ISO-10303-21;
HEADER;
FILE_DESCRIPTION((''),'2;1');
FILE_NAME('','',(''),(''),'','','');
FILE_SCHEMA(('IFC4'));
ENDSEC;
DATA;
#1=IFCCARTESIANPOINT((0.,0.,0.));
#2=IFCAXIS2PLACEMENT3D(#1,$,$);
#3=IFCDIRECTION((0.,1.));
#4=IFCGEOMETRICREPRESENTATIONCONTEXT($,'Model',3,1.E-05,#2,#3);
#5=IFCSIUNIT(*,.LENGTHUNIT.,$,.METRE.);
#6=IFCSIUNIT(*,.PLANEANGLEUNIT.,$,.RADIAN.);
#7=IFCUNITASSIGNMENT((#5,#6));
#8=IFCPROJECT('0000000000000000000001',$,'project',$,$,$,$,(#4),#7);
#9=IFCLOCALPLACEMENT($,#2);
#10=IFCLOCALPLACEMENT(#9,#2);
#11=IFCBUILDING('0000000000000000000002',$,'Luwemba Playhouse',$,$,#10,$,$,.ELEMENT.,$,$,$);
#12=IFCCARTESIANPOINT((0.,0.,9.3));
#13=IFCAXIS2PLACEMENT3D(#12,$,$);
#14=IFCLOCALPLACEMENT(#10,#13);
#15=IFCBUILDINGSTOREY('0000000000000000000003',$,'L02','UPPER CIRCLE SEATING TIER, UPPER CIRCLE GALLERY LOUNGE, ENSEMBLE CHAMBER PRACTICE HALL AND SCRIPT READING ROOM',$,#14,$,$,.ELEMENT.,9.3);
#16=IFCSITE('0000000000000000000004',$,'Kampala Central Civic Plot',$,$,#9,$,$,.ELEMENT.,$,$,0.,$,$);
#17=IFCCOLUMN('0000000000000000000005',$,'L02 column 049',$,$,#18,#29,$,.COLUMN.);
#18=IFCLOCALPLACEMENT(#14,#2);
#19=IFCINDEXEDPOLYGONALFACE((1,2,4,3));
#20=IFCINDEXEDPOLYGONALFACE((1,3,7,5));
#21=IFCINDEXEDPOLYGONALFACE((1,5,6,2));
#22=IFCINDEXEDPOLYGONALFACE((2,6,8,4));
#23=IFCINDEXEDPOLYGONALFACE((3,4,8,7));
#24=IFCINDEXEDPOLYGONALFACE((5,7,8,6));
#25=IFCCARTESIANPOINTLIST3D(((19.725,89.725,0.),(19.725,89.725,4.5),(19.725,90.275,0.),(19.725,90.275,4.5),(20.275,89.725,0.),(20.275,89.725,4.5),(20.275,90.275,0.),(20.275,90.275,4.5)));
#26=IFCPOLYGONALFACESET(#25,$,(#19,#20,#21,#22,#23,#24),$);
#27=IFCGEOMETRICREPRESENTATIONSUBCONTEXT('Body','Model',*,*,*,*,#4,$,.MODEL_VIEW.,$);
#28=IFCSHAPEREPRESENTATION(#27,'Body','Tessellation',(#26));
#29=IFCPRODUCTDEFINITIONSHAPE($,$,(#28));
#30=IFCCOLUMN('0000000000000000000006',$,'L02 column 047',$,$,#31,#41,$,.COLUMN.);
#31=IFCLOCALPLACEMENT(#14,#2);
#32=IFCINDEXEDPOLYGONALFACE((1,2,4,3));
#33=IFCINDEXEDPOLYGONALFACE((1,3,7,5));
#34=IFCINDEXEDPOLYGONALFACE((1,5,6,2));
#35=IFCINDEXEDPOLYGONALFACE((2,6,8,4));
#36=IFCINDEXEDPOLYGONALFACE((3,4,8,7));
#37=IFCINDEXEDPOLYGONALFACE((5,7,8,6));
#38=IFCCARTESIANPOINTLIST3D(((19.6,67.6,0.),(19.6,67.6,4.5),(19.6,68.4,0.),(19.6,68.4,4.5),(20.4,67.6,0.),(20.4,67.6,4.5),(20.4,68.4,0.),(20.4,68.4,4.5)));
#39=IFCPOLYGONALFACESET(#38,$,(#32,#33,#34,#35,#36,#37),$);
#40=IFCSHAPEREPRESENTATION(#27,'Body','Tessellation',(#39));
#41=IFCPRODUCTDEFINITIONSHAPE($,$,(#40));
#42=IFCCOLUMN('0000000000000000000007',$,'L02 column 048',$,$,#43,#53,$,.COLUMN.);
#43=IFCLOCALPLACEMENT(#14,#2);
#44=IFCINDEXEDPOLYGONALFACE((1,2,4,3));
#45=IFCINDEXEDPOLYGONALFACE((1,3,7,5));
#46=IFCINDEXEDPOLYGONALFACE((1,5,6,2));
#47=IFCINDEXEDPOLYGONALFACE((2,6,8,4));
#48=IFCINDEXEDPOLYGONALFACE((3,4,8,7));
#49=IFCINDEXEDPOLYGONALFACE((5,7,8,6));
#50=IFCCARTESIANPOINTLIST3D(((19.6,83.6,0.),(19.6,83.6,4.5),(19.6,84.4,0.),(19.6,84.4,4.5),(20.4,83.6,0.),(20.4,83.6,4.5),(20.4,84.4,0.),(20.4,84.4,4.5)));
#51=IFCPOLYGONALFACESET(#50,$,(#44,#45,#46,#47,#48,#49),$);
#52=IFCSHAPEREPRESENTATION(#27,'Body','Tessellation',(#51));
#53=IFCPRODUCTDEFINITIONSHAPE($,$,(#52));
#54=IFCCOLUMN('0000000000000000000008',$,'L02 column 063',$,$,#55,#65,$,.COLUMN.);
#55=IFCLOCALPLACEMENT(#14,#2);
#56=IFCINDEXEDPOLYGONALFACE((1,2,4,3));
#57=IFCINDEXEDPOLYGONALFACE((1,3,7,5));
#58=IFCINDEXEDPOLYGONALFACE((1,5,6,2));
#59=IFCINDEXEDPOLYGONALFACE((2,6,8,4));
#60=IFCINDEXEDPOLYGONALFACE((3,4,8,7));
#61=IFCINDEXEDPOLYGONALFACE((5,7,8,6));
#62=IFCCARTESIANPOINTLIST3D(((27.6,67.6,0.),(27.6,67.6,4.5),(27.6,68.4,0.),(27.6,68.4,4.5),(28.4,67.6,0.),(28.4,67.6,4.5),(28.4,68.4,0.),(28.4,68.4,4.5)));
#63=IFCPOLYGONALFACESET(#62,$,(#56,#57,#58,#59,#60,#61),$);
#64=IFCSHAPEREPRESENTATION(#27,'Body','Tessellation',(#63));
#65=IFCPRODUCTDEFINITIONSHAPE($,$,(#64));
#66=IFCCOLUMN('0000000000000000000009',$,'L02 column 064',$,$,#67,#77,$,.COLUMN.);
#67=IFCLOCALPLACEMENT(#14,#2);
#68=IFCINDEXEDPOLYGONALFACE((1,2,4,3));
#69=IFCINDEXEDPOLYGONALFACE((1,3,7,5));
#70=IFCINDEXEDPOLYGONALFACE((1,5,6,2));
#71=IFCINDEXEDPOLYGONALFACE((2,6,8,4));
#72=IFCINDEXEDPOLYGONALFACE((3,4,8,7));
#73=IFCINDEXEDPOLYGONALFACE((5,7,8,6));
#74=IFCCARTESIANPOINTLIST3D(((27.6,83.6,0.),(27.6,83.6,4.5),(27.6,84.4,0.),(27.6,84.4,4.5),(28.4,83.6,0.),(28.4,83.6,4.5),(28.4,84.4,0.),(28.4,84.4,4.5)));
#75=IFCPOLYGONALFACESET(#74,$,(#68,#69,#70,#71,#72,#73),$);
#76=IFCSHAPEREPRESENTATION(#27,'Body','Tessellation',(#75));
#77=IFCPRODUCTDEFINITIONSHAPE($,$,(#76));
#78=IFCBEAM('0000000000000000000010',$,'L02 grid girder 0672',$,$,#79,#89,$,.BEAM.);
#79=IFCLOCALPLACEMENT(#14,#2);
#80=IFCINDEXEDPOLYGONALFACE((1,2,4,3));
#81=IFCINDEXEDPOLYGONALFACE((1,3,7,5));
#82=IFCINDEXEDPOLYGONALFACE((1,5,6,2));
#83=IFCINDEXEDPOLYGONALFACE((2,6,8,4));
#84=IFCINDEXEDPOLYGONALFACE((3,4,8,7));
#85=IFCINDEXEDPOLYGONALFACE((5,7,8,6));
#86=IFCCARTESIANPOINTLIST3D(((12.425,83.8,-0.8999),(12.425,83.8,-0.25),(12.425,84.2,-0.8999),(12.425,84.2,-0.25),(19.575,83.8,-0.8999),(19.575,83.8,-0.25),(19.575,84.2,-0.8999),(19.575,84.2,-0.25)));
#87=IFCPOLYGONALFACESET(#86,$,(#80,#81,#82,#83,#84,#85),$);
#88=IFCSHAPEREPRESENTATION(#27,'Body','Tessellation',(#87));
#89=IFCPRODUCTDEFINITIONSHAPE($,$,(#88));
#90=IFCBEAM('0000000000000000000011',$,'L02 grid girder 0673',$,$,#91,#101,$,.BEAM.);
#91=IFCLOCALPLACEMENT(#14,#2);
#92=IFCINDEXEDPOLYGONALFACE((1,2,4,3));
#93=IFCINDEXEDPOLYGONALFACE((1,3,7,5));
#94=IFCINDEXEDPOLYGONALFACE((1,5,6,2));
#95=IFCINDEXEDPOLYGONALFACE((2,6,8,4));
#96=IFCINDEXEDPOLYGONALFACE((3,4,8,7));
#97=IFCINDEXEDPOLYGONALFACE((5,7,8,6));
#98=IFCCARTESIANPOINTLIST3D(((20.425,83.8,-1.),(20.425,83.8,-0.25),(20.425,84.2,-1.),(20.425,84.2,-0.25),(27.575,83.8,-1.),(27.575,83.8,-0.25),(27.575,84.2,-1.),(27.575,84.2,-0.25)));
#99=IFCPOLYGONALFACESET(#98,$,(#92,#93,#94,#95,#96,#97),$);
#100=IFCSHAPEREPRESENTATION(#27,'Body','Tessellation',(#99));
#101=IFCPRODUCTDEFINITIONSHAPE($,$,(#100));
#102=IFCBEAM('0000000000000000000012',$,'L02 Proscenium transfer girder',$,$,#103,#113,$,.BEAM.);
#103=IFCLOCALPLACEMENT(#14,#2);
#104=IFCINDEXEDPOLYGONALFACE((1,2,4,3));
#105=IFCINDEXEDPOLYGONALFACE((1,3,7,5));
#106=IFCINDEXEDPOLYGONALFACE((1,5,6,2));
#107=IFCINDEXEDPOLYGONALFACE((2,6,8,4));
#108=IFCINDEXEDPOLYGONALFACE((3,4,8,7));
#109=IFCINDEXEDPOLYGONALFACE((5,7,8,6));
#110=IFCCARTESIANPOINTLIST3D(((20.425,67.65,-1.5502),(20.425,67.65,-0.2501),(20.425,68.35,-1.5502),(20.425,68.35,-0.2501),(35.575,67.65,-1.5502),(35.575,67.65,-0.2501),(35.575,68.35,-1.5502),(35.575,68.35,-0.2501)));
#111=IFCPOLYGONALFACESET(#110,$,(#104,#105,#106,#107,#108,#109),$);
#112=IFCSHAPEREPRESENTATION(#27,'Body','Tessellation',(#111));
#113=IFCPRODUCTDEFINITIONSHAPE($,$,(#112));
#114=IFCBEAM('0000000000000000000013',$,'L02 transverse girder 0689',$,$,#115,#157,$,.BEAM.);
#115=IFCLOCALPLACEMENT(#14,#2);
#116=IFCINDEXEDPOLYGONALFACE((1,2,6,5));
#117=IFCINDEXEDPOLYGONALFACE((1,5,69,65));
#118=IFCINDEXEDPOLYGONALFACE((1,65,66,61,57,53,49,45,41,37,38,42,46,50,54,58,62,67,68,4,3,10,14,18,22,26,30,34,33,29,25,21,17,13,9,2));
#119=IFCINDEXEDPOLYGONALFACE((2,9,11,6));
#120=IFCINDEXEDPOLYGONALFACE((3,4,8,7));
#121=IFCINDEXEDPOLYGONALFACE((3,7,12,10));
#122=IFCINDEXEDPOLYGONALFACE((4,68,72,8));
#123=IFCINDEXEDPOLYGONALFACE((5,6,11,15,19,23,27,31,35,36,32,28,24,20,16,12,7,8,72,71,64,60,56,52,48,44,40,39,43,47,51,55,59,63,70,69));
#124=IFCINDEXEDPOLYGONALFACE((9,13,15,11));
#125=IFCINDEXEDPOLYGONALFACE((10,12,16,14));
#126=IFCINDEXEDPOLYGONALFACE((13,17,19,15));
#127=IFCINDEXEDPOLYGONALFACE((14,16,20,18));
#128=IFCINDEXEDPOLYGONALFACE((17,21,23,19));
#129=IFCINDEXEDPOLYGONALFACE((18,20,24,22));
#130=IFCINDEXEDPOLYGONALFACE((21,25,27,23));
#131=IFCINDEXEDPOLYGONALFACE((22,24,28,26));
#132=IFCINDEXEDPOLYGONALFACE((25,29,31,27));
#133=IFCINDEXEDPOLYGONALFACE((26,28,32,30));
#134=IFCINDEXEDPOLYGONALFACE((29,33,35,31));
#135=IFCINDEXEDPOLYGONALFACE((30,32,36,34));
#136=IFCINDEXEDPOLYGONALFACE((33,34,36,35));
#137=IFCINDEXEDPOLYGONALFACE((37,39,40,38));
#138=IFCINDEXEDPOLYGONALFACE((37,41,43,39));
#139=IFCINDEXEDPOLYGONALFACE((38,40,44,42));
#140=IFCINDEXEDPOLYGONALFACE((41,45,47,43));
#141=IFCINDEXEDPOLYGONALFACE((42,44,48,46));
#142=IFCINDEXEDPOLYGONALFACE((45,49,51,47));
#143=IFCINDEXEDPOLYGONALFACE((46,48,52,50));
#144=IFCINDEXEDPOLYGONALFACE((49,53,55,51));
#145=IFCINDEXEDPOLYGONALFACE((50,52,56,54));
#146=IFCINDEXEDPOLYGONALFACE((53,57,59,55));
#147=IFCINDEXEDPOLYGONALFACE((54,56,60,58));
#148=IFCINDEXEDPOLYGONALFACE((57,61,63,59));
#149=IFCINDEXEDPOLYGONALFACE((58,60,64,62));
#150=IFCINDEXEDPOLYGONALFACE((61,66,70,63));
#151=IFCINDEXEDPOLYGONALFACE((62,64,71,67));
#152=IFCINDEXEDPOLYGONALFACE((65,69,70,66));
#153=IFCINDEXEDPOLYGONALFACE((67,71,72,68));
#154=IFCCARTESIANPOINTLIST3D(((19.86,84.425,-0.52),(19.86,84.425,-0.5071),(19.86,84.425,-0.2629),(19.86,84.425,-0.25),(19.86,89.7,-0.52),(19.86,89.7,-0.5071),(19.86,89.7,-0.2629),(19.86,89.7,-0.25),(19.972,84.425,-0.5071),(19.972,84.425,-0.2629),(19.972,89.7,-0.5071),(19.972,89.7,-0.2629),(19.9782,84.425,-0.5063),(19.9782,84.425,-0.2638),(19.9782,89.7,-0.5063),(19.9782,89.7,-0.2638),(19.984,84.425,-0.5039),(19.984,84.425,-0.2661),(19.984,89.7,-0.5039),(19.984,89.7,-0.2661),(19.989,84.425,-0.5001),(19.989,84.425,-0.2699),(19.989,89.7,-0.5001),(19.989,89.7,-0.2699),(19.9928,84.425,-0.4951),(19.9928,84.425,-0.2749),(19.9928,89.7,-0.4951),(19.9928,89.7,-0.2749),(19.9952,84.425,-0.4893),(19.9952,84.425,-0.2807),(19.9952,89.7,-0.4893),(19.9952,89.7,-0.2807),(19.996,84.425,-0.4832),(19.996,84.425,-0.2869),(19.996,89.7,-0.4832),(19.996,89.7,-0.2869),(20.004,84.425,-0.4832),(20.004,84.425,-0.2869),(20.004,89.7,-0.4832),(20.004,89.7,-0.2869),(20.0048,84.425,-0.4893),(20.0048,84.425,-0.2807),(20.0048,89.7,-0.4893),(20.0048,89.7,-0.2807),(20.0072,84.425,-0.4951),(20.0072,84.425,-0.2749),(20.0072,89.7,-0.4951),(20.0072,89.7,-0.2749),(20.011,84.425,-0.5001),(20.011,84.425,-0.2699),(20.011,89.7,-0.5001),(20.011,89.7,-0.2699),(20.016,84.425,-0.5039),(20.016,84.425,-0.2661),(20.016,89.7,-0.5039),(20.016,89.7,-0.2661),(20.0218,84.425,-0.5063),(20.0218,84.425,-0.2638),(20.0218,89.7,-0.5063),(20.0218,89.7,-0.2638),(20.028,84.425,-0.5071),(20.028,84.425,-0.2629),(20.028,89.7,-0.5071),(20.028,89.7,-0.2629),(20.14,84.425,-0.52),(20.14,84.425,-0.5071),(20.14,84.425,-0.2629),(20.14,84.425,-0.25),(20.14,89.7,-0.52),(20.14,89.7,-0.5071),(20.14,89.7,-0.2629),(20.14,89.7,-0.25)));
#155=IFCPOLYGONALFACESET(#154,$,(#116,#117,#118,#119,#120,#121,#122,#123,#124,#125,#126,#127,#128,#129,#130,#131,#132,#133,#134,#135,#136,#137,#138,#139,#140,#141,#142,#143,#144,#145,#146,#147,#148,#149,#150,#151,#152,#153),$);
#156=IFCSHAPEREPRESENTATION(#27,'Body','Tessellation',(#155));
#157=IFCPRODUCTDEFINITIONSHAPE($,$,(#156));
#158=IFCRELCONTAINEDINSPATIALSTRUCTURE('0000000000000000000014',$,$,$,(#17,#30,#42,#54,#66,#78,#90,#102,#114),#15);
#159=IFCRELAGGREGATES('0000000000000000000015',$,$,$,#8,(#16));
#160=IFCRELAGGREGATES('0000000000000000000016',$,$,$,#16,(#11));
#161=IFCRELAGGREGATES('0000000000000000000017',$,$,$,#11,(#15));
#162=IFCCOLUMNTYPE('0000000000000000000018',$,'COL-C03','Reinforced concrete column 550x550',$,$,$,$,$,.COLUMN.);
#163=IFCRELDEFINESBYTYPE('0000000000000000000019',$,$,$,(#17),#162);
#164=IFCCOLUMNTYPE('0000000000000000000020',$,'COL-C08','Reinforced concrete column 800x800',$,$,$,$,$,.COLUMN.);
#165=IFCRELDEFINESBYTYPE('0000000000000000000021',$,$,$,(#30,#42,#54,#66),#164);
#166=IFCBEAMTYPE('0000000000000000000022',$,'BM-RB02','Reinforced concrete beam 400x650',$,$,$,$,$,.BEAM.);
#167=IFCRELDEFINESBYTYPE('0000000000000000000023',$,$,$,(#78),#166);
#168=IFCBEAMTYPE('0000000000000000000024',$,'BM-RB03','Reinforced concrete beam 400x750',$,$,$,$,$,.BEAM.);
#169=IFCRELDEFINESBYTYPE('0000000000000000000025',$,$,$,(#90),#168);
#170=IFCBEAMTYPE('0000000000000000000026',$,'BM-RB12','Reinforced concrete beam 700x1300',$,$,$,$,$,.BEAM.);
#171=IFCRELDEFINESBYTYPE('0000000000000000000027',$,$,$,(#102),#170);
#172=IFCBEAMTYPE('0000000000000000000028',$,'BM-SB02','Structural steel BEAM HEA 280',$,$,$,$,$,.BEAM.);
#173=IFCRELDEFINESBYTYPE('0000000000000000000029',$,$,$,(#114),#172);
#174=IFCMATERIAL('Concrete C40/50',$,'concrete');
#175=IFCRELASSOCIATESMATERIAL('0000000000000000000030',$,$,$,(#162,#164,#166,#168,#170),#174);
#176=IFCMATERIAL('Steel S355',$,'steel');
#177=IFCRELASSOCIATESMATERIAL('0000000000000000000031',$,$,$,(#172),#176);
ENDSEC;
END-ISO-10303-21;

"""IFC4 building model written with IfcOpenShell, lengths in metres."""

from ifc_helpers import new_model, si_unit, direction, frame, origin, origin_2d, place, context, subcontext, project, spatial, rectangle, i_section, extrude, material, material_profile, profile_set, type_object, element, save


model = new_model("IFC4")

# Units and contexts
model_context = context("Model", 3, precision=1e-05, world=origin(), true_north=direction((0.0, 1.0)))
body_context = subcontext(model_context, "Body", "Model", "MODEL_VIEW")
ifc_project = project(units=[si_unit("LENGTHUNIT", "METRE"), si_unit("PLANEANGLEUNIT", "RADIAN")], contexts=[model_context])

# Site, building, storey
site_placement = place(None, origin())
site = spatial("IfcSite", under=ifc_project, at=site_placement, Name="Kampala Central Civic Plot", CompositionType="ELEMENT", RefElevation=0.0)
building_placement = place(site_placement, origin())
building = spatial("IfcBuilding", under=site, at=building_placement, Name="Luwemba Playhouse", CompositionType="ELEMENT")
storey_placement = place(building_placement, frame((0.0, 0.0, 9.3)))
storey = spatial("IfcBuildingStorey", under=building, at=storey_placement, Name="L02", Description="UPPER CIRCLE SEATING TIER, UPPER CIRCLE GALLERY LOUNGE, ENSEMBLE CHAMBER PRACTICE HALL AND SCRIPT READING ROOM", CompositionType="ELEMENT", Elevation=9.3)

# Columns
ifc_material_1 = material(Name="Concrete C40/50", Category="concrete")
ifc_material_profile_1 = material_profile(ifc_material_1, rectangle(XDim=0.55, YDim=0.55, at=origin_2d()))
ifc_profile_set_1 = profile_set([ifc_material_profile_1], Name="Concrete C40/50")
column_type_1 = type_object("IfcColumnType", Name="COL-C03", Description="Reinforced concrete column 550x550", PredefinedType="COLUMN", material=ifc_profile_set_1)
column_placement = place(storey_placement, frame((20.0, 90.0, 0.0), z_axis=(0.0, 0.0, 1.0), x_axis=(1.0, 0.0, 0.0)))
element("IfcColumn", 1, at=column_placement, inside=storey, type_object=column_type_1, Name="L02 column 049", PredefinedType="COLUMN", context=body_context, shape_type="SweptSolid", body=[
    extrude(rectangle(XDim=0.55, YDim=0.55, at=origin_2d()), origin(), (0.0, 0.0, 1.0), 4.5),
])
ifc_material_profile_2 = material_profile(ifc_material_1, rectangle(XDim=0.8, YDim=0.8, at=origin_2d()))
ifc_profile_set_2 = profile_set([ifc_material_profile_2], Name="Concrete C40/50")
column_type_2 = type_object("IfcColumnType", Name="COL-C08", Description="Reinforced concrete column 800x800", PredefinedType="COLUMN", material=ifc_profile_set_2)
for number, where, z_axis, x_axis, name in (
    (2, (20.0, 68.0, 0.0), (0.0, 0.0, 1.0), (1.0, 0.0, 0.0), "L02 column 047"),
    (3, (20.0, 84.0, 0.0), (0.0, 0.0, 1.0), (1.0, 0.0, 0.0), "L02 column 048"),
    (4, (28.0, 68.0, 0.0), (0.0, 0.0, 1.0), (1.0, 0.0, 0.0), "L02 column 063"),
    (5, (28.0, 84.0, 0.0), (0.0, 0.0, 1.0), (1.0, 0.0, 0.0), "L02 column 064"),
):
    element("IfcColumn", number, at=place(storey_placement, frame(where, z_axis=z_axis, x_axis=x_axis)), inside=storey, type_object=column_type_2, Name=name, PredefinedType="COLUMN", context=body_context, shape_type="SweptSolid", body=[
        extrude(rectangle(XDim=0.8, YDim=0.8, at=origin_2d()), origin(), (0.0, 0.0, 1.0), 4.5),
    ])

# Beams
ifc_material_profile_3 = material_profile(ifc_material_1, rectangle(XDim=0.3999, YDim=0.6499, at=origin_2d()))
ifc_profile_set_3 = profile_set([ifc_material_profile_3], Name="Concrete C40/50")
beam_type_1 = type_object("IfcBeamType", Name="BM-RB02", Description="Reinforced concrete beam 400x650", PredefinedType="BEAM", material=ifc_profile_set_3)
beam_1_placement = place(storey_placement, frame((12.425, 84.0, -0.575), z_axis=(1.0, 0.0, 0.0), x_axis=(0.0, 1.0, 0.0)))
element("IfcBeam", 6, at=beam_1_placement, inside=storey, type_object=beam_type_1, Name="L02 grid girder 0672", PredefinedType="BEAM", context=body_context, shape_type="SweptSolid", body=[
    extrude(rectangle(XDim=0.3999, YDim=0.6499, at=origin_2d()), origin(), (0.0, 0.0, 1.0), 7.1499),
])
ifc_material_profile_4 = material_profile(ifc_material_1, rectangle(XDim=0.3999, YDim=0.75, at=origin_2d()))
ifc_profile_set_4 = profile_set([ifc_material_profile_4], Name="Concrete C40/50")
beam_type_2 = type_object("IfcBeamType", Name="BM-RB03", Description="Reinforced concrete beam 400x750", PredefinedType="BEAM", material=ifc_profile_set_4)
beam_2_placement = place(storey_placement, frame((20.425, 84.0, -0.625), z_axis=(1.0, 0.0, 0.0), x_axis=(0.0, 1.0, 0.0)))
element("IfcBeam", 7, at=beam_2_placement, inside=storey, type_object=beam_type_2, Name="L02 grid girder 0673", PredefinedType="BEAM", context=body_context, shape_type="SweptSolid", body=[
    extrude(rectangle(XDim=0.3999, YDim=0.75, at=origin_2d()), origin(), (0.0, 0.0, 1.0), 7.1499),
])
ifc_material_profile_5 = material_profile(ifc_material_1, rectangle(XDim=0.7, YDim=1.3, at=origin_2d()))
ifc_profile_set_5 = profile_set([ifc_material_profile_5], Name="Concrete C40/50")
beam_type_3 = type_object("IfcBeamType", Name="BM-RB12", Description="Reinforced concrete beam 700x1300", PredefinedType="BEAM", material=ifc_profile_set_5)
beam_3_placement = place(storey_placement, frame((20.425, 68.0, -0.9001), z_axis=(1.0, 0.0, 0.0), x_axis=(0.0, 1.0, 0.0)))
element("IfcBeam", 8, at=beam_3_placement, inside=storey, type_object=beam_type_3, Name="L02 Proscenium transfer girder", PredefinedType="BEAM", context=body_context, shape_type="SweptSolid", body=[
    extrude(rectangle(XDim=0.7, YDim=1.3, at=origin_2d()), origin(), (0.0, 0.0, 1.0), 15.1499),
])
ifc_material_2 = material(Name="Steel S355", Category="steel")
ifc_material_profile_6 = material_profile(ifc_material_2, i_section(OverallWidth=0.28, OverallDepth=0.27, WebThickness=0.0081, FlangeThickness=0.0129, FilletRadius=0.0239, at=origin_2d()))
ifc_profile_set_6 = profile_set([ifc_material_profile_6], Name="Steel S355")
beam_type_4 = type_object("IfcBeamType", Name="BM-SB02", Description="Structural steel BEAM HEA 280", PredefinedType="BEAM", material=ifc_profile_set_6)
beam_4_placement = place(storey_placement, frame((20.0, 84.425, -0.385), z_axis=(0.0, 1.0, 0.0), x_axis=(-1.0, 0.0, 0.0)))
element("IfcBeam", 9, at=beam_4_placement, inside=storey, type_object=beam_type_4, Name="L02 transverse girder 0689", PredefinedType="BEAM", context=body_context, shape_type="SweptSolid", body=[
    extrude(i_section(OverallWidth=0.28, OverallDepth=0.27, WebThickness=0.0081, FlangeThickness=0.0129, FilletRadius=0.0239, at=origin_2d()), origin(), (0.0, 0.0, 1.0), 5.2749),
])

save(model, "model.ifc")
